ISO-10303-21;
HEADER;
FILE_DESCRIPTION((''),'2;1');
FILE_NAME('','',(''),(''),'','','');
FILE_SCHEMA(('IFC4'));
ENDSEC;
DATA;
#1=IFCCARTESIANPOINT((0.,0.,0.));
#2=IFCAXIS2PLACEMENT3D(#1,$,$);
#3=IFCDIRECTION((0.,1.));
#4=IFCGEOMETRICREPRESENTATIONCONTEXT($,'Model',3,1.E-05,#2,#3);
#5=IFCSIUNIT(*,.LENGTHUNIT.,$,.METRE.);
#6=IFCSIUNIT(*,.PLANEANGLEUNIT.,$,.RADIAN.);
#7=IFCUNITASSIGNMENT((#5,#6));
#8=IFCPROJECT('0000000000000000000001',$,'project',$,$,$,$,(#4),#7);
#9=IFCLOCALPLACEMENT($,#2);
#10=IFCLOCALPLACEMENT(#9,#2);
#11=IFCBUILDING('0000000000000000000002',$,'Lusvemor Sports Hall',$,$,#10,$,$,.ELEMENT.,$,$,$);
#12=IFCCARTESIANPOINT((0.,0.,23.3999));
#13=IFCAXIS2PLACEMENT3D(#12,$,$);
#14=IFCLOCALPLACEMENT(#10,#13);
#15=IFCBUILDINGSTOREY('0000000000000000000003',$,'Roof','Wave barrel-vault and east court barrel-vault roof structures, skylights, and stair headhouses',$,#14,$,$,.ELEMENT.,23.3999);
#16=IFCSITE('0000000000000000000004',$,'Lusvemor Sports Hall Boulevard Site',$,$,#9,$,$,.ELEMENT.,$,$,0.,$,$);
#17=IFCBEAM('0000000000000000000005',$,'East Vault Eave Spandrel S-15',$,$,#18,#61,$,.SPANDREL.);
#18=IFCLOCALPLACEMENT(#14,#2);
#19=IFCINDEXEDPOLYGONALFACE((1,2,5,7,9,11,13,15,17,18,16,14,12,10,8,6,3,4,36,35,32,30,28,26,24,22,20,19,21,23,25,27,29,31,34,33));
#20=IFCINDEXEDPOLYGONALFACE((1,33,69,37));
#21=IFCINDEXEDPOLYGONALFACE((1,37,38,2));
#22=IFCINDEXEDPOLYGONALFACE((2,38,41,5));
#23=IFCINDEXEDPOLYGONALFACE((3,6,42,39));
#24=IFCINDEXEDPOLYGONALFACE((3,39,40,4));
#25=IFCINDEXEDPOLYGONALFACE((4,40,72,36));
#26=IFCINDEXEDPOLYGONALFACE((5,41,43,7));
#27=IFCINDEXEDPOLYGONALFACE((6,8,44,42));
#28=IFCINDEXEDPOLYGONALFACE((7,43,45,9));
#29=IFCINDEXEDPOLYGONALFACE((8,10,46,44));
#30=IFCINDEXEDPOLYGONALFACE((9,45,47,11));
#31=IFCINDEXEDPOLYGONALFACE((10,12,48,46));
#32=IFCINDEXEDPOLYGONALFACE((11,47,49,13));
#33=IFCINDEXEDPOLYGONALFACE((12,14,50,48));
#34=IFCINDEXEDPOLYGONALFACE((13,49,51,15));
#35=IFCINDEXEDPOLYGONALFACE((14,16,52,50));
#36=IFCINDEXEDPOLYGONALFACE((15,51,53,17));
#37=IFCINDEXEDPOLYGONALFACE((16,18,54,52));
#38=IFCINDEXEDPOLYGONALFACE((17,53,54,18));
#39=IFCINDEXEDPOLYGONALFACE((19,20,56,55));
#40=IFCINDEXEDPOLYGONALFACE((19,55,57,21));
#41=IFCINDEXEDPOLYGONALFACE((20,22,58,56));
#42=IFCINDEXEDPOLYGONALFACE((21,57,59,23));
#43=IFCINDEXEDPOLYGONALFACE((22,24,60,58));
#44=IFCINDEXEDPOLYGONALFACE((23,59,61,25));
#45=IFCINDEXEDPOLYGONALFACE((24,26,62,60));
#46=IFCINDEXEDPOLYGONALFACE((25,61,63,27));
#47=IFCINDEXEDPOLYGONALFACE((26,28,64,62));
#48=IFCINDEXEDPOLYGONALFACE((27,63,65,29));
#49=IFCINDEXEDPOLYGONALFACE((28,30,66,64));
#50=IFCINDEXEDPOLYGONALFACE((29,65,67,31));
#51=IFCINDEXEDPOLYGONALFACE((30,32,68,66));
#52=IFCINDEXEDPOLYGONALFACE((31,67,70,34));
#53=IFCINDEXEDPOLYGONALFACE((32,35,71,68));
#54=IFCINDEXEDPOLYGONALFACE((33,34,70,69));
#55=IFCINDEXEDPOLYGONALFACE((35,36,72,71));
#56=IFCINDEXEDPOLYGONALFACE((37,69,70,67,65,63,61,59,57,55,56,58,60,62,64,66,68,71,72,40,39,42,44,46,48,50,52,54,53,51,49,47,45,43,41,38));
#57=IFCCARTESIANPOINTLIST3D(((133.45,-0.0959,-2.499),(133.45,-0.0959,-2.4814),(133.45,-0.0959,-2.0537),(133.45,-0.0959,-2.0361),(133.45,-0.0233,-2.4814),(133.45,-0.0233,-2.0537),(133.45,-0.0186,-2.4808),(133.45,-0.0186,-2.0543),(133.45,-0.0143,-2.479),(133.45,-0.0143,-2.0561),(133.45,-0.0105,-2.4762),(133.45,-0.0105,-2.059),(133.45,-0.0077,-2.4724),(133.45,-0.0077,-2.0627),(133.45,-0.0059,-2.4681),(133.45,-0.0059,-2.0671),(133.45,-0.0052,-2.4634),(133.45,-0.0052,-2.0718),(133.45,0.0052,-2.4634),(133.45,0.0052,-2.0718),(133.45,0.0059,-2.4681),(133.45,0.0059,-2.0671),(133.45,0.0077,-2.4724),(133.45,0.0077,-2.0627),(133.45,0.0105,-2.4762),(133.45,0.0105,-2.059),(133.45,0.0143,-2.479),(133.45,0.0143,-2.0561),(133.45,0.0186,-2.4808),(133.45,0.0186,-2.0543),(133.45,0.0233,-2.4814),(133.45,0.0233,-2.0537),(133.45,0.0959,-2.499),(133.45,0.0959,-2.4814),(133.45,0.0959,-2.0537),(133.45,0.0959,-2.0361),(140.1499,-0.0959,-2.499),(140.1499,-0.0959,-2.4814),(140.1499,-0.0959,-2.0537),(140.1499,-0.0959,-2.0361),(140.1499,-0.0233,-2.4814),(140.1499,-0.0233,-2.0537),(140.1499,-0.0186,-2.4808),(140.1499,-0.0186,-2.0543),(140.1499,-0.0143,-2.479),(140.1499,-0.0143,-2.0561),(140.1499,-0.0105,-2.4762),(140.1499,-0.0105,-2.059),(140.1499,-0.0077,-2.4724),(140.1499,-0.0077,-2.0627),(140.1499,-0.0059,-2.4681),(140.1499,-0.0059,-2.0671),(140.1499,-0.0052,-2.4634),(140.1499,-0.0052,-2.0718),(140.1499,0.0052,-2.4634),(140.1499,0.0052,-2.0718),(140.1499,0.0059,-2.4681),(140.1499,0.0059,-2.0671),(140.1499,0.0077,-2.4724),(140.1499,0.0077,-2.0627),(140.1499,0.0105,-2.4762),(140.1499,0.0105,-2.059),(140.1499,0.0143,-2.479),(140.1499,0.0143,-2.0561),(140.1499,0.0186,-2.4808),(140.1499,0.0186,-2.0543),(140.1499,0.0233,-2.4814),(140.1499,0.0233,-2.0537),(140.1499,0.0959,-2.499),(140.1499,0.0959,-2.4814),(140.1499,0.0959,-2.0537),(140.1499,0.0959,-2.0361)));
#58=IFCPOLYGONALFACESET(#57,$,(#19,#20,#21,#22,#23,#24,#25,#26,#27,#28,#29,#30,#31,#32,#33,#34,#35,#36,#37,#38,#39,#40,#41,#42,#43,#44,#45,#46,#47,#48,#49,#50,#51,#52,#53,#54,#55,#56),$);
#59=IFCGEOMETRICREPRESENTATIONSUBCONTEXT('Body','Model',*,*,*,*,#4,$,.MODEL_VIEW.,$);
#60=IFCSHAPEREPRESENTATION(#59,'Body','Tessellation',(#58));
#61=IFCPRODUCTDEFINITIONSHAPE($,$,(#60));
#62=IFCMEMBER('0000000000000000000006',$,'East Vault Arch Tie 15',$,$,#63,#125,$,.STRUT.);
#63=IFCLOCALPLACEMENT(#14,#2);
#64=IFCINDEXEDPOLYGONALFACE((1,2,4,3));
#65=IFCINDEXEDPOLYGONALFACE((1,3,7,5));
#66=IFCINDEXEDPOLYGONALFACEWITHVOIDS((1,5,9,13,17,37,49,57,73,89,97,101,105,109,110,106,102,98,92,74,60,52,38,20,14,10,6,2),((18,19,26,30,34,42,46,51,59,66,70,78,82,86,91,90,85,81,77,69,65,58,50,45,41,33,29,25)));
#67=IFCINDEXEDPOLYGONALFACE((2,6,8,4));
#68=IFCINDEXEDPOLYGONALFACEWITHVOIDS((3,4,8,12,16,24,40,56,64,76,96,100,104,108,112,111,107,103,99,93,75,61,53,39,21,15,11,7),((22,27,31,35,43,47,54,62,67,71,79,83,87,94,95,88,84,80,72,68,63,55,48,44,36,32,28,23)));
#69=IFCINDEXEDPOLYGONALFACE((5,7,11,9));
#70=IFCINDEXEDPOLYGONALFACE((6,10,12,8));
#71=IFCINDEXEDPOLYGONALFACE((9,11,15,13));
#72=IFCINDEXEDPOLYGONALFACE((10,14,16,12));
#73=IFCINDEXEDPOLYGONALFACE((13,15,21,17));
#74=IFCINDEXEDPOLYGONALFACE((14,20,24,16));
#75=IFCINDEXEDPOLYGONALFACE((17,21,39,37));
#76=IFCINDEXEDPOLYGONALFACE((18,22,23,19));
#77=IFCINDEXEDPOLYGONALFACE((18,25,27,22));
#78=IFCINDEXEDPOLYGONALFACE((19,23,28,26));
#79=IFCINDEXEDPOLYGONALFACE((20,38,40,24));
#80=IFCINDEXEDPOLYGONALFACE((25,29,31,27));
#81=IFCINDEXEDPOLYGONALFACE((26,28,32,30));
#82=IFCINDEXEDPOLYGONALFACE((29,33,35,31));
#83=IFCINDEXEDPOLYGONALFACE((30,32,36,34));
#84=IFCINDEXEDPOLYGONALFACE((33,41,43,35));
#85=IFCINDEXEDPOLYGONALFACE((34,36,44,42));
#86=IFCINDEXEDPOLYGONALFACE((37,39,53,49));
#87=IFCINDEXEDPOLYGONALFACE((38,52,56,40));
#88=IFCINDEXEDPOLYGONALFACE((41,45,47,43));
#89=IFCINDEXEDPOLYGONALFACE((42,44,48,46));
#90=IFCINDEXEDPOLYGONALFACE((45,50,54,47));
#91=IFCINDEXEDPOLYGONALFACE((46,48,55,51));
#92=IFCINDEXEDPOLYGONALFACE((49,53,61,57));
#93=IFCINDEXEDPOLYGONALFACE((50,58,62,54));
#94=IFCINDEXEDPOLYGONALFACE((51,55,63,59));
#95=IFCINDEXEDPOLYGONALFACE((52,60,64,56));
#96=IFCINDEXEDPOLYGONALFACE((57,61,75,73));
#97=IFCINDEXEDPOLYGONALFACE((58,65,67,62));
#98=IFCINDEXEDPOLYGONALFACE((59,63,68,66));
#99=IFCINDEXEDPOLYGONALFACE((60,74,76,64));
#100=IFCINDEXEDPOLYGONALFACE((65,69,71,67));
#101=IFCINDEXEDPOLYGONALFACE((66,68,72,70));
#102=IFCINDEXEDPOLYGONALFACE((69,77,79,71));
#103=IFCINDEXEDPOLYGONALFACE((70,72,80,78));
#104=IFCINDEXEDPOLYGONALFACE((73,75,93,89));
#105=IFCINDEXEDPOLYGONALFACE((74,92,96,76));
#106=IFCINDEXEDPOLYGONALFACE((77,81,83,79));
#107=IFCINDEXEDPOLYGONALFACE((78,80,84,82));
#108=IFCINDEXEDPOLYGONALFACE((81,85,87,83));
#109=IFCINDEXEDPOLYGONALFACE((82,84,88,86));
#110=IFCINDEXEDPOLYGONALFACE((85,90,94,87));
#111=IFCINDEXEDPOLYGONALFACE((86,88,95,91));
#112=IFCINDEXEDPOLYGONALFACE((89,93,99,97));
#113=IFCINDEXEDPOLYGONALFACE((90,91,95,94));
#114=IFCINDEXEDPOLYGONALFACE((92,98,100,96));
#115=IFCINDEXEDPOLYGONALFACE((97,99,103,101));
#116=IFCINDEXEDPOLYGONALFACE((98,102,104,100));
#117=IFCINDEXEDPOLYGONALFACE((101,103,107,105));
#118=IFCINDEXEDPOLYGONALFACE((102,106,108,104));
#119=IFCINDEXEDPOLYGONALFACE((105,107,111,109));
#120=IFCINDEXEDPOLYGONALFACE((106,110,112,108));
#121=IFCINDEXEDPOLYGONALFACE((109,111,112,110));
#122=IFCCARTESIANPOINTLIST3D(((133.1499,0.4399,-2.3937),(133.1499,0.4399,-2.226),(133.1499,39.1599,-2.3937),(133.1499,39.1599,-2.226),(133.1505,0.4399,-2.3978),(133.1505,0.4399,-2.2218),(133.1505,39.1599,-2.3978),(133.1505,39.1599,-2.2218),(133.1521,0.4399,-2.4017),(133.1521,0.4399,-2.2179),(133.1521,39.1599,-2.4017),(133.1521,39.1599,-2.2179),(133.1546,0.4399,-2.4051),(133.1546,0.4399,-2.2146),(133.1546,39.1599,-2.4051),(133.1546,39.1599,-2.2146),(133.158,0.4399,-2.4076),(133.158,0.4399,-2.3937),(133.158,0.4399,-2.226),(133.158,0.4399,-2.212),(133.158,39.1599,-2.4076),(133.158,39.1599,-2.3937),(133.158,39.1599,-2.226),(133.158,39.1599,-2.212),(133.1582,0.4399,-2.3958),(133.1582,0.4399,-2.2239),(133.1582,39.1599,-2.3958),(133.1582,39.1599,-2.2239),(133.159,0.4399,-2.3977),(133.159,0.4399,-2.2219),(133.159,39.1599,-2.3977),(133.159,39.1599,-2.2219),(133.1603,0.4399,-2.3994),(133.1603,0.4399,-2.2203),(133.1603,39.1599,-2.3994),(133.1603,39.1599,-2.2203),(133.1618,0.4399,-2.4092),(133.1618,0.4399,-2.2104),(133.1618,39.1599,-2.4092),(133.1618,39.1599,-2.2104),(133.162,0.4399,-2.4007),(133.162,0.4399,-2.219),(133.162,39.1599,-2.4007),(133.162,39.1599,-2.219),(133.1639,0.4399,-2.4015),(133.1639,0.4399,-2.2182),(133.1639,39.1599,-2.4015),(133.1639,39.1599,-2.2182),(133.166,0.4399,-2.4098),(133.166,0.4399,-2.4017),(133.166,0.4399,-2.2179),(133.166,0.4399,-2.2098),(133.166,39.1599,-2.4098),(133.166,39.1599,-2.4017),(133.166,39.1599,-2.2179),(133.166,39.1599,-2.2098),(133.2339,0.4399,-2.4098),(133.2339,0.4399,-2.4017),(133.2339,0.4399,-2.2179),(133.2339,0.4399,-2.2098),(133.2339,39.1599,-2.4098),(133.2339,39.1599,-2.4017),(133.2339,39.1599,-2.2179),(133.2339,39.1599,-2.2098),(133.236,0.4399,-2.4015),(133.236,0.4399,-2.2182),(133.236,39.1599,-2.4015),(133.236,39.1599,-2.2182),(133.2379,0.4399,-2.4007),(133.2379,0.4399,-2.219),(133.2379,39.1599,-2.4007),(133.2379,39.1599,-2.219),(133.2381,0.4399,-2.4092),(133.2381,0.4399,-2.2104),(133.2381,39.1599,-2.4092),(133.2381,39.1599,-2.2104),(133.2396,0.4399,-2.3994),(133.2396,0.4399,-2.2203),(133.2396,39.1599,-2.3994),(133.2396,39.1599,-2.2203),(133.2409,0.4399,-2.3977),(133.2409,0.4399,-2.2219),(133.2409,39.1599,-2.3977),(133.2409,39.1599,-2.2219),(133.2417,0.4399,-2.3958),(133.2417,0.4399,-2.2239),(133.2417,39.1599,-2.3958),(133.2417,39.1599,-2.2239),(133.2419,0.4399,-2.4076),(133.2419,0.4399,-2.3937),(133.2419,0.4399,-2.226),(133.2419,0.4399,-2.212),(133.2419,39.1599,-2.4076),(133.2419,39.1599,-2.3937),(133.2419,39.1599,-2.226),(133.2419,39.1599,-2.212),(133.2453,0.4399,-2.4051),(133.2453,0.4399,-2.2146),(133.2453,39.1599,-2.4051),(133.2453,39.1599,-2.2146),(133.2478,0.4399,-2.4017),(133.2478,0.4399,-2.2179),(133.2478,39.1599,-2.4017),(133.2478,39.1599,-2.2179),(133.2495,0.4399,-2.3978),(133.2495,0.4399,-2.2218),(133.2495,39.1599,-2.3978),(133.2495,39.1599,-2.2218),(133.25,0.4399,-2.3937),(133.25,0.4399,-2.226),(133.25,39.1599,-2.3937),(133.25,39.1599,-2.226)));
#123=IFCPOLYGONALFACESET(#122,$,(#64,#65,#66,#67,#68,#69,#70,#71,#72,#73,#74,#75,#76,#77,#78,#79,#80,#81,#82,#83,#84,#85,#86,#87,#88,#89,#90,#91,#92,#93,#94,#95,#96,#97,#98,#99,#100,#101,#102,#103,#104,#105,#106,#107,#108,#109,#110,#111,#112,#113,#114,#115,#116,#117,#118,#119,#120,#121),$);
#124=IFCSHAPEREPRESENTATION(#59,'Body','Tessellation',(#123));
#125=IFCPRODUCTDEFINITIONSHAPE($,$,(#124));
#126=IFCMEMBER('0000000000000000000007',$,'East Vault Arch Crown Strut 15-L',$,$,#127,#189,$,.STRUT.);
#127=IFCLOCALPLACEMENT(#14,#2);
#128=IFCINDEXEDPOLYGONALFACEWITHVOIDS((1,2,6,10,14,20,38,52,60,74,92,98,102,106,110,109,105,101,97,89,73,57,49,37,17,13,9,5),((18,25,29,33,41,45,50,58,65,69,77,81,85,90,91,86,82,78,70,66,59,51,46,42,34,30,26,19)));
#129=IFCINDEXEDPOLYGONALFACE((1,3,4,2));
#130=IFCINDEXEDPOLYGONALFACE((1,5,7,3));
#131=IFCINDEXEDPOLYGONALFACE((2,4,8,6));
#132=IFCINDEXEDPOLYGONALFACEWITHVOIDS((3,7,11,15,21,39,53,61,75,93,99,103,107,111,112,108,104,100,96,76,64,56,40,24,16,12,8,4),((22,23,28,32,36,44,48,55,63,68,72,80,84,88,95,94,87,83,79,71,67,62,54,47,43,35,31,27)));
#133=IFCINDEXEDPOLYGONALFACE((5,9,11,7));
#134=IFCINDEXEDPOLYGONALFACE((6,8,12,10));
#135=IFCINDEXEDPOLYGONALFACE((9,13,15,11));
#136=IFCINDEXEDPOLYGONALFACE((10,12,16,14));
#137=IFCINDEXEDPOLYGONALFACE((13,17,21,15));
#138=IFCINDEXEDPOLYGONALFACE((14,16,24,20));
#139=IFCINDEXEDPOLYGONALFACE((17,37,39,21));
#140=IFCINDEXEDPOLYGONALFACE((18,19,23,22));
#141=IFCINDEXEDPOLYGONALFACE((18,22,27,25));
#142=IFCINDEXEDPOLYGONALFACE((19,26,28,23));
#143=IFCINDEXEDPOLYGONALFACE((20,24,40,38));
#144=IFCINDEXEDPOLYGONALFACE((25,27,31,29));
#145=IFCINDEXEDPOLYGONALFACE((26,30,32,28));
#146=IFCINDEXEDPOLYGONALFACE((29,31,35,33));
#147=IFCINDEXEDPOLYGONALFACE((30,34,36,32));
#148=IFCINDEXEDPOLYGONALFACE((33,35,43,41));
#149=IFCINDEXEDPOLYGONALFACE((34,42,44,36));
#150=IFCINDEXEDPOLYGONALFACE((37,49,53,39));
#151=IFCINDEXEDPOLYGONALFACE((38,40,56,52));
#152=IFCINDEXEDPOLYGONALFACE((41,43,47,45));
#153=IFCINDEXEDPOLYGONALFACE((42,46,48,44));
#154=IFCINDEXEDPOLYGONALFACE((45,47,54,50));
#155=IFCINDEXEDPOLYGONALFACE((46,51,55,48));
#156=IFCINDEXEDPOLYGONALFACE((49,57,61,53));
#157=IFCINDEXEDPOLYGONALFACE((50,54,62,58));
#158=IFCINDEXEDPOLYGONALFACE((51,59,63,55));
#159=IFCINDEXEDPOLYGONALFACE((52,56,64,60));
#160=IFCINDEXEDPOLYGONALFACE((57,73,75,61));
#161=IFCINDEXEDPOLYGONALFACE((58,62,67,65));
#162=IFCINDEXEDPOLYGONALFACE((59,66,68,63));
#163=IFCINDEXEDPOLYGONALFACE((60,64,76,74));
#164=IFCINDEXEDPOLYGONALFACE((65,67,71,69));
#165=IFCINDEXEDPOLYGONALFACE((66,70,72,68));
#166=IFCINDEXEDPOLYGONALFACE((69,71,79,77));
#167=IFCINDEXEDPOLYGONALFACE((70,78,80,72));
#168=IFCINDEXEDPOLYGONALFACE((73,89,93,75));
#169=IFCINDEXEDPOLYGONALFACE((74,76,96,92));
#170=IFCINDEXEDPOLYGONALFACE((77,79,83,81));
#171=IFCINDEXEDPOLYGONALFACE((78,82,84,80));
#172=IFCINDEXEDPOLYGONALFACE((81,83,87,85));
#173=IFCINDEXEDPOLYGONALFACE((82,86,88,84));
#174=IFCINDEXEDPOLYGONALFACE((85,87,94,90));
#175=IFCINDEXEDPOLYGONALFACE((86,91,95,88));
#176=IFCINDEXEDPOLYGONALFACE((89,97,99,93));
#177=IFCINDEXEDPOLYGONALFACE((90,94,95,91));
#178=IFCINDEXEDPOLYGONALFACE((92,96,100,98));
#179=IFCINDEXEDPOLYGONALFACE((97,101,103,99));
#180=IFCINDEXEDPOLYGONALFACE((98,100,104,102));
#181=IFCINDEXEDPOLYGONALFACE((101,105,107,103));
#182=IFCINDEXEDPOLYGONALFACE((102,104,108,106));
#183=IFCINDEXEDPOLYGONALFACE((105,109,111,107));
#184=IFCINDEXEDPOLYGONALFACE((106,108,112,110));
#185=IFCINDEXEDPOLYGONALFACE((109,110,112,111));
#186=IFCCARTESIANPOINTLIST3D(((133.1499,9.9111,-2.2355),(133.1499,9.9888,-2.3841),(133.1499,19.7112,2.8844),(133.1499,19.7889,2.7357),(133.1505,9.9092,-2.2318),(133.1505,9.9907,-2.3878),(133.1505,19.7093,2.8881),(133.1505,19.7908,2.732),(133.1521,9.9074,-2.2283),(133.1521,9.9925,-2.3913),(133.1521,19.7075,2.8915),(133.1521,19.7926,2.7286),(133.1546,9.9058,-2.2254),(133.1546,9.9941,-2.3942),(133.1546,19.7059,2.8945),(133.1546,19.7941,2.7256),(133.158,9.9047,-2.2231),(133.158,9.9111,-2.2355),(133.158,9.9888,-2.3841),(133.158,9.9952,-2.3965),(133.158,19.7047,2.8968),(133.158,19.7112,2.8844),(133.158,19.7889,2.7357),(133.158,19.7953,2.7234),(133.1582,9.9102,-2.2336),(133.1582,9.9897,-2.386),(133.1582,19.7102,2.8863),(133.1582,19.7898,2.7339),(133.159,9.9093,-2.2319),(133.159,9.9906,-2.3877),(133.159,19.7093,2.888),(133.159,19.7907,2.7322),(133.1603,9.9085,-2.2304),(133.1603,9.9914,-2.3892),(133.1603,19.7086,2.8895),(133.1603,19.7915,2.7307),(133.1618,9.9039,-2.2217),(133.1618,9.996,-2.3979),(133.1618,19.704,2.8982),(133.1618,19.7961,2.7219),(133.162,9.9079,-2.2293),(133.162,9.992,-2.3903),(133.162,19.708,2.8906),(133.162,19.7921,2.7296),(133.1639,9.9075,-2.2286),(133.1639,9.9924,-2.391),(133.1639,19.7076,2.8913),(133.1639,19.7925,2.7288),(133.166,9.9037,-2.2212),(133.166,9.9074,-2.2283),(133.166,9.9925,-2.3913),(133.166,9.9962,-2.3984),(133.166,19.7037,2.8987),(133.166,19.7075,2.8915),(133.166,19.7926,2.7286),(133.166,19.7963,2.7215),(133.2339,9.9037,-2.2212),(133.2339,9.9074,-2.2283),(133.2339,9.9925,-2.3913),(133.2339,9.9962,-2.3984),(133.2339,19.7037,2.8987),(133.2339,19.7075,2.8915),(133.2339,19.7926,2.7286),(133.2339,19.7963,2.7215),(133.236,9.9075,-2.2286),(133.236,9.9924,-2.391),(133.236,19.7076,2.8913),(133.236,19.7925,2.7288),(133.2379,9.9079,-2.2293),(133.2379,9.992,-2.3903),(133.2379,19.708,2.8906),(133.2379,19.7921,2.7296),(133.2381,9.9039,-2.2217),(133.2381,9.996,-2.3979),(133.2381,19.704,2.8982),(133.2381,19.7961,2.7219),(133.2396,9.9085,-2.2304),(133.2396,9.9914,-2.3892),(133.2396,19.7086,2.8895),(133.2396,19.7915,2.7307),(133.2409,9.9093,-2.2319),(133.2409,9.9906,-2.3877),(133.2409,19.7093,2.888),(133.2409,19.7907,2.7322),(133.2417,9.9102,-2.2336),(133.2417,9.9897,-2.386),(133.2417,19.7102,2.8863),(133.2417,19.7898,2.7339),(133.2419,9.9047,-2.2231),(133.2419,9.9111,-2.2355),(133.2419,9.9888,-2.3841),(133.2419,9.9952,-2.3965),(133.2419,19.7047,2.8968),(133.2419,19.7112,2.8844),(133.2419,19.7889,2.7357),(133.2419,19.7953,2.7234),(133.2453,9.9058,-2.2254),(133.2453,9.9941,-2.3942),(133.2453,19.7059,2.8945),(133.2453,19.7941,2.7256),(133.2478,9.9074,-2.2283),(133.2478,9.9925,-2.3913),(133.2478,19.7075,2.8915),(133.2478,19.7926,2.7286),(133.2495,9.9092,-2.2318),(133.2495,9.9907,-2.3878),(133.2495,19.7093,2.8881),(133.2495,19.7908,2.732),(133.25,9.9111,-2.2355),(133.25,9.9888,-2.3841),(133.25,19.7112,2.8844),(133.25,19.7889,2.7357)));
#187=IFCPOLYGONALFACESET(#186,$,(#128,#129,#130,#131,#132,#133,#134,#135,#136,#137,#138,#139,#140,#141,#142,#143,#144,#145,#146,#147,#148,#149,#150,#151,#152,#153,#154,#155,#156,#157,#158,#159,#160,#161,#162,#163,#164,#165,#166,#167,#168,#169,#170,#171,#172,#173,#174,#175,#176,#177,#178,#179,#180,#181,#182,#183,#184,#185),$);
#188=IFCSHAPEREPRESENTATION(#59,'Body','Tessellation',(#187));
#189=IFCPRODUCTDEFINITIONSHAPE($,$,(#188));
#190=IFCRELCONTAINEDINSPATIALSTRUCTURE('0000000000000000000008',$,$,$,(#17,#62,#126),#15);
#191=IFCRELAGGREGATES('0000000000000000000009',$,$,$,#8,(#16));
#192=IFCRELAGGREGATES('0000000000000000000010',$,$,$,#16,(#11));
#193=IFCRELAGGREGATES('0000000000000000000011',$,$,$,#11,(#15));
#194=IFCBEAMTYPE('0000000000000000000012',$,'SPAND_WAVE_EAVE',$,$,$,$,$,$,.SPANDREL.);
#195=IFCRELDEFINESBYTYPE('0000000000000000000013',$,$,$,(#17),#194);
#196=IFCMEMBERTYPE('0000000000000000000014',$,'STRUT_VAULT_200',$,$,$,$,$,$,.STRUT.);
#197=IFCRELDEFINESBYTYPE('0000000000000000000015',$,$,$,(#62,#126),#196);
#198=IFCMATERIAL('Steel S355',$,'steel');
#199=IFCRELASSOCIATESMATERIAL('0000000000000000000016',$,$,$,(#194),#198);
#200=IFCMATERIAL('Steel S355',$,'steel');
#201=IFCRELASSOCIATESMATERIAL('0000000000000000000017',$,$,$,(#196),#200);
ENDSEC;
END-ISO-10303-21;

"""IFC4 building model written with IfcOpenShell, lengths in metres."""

from ifc_helpers import new_model, si_unit, direction, frame, origin, origin_2d, place, context, subcontext, project, spatial, hollow_rectangle, i_section, extrude, material, material_profile, profile_set, type_object, element, save


model = new_model("IFC4")

# Units and contexts
model_context = context("Model", 3, precision=1e-05, world=origin(), true_north=direction((0.0, 1.0)))
body_context = subcontext(model_context, "Body", "Model", "MODEL_VIEW")
ifc_project = project(units=[si_unit("LENGTHUNIT", "METRE"), si_unit("PLANEANGLEUNIT", "RADIAN")], contexts=[model_context])

# Site, building, storey
site_placement = place(None, origin())
site = spatial("IfcSite", under=ifc_project, at=site_placement, Name="Lusvemor Sports Hall Boulevard Site", CompositionType="ELEMENT", RefElevation=0.0)
building_placement = place(site_placement, origin())
building = spatial("IfcBuilding", under=site, at=building_placement, Name="Lusvemor Sports Hall", CompositionType="ELEMENT")
storey_placement = place(building_placement, frame((0.0, 0.0, 23.3999)))
storey = spatial("IfcBuildingStorey", under=building, at=storey_placement, Name="Roof", Description="Wave barrel-vault and east court barrel-vault roof structures, skylights, and stair headhouses", CompositionType="ELEMENT", Elevation=23.3999)

# Beam
ifc_material_1 = material(Name="Steel S355", Category="steel")
ifc_material_profile_1 = material_profile(ifc_material_1, i_section(OverallWidth=0.1919, OverallDepth=0.4629, WebThickness=0.0105, FlangeThickness=0.0176, FilletRadius=0.0181, at=origin_2d()), Name="W460x89.0")
ifc_profile_set_1 = profile_set([ifc_material_profile_1], Name="Steel S355")
beam_type_1 = type_object("IfcBeamType", Name="SPAND_WAVE_EAVE", PredefinedType="SPANDREL", material=ifc_profile_set_1)
for number, where, z_axis, x_axis, name in (
    (1, (133.45, 0.0, -2.2676), (1.0, 0.0, 0.0), (0.0, 1.0, 0.0), "East Vault Eave Spandrel S-15"),
):
    element("IfcBeam", number, at=place(storey_placement, frame(where, z_axis=z_axis, x_axis=x_axis)), inside=storey, type_object=beam_type_1, Name=name, PredefinedType="SPANDREL", context=body_context, shape_type="SweptSolid", body=[
        extrude(i_section(OverallWidth=0.1919, OverallDepth=0.4629, WebThickness=0.0105, FlangeThickness=0.0176, FilletRadius=0.0181, at=origin_2d()), origin(), (0.0, 0.0, 1.0), 6.7),
    ])

# Members
ifc_material_2 = material(Name="Steel S355", Category="steel")
ifc_material_profile_2 = material_profile(ifc_material_2, hollow_rectangle(XDim=0.1001, YDim=0.2, WallThickness=0.0081, InnerFilletRadius=0.0081, OuterFilletRadius=0.0161, at=origin_2d()), Name="RHS200x100x8")
ifc_profile_set_2 = profile_set([ifc_material_profile_2], Name="Steel S355")
member_type_1 = type_object("IfcMemberType", Name="STRUT_VAULT_200", PredefinedType="STRUT", material=ifc_profile_set_2)
member_1_placement = place(storey_placement, frame((133.2, 0.4399, -2.3098), z_axis=(0.0, 1.0, 0.0), x_axis=(-1.0, 0.0, 0.0)))
element("IfcMember", 2, at=member_1_placement, inside=storey, type_object=member_type_1, Name="East Vault Arch Tie 15", PredefinedType="STRUT", context=body_context, shape_type="SweptSolid", body=[
    extrude(hollow_rectangle(XDim=0.1001, YDim=0.2, WallThickness=0.0081, InnerFilletRadius=0.0081, OuterFilletRadius=0.0161, at=origin_2d()), origin(), (0.0, 0.0, 1.0), 38.72),
])
member_2_placement = place(storey_placement, frame((133.2, 9.95, -2.3098), z_axis=(0.0, 0.886332, 0.46305), x_axis=(-1.0, 0.0, 0.0)))
element("IfcMember", 3, at=member_2_placement, inside=storey, type_object=member_type_1, Name="East Vault Arch Crown Strut 15-L", PredefinedType="STRUT", context=body_context, shape_type="SweptSolid", body=[
    extrude(hollow_rectangle(XDim=0.1001, YDim=0.2, WallThickness=0.0081, InnerFilletRadius=0.0081, OuterFilletRadius=0.0161, at=origin_2d()), origin(), (0.0, 0.0, 1.0), 11.0569),
])

save(model, "model.ifc")
